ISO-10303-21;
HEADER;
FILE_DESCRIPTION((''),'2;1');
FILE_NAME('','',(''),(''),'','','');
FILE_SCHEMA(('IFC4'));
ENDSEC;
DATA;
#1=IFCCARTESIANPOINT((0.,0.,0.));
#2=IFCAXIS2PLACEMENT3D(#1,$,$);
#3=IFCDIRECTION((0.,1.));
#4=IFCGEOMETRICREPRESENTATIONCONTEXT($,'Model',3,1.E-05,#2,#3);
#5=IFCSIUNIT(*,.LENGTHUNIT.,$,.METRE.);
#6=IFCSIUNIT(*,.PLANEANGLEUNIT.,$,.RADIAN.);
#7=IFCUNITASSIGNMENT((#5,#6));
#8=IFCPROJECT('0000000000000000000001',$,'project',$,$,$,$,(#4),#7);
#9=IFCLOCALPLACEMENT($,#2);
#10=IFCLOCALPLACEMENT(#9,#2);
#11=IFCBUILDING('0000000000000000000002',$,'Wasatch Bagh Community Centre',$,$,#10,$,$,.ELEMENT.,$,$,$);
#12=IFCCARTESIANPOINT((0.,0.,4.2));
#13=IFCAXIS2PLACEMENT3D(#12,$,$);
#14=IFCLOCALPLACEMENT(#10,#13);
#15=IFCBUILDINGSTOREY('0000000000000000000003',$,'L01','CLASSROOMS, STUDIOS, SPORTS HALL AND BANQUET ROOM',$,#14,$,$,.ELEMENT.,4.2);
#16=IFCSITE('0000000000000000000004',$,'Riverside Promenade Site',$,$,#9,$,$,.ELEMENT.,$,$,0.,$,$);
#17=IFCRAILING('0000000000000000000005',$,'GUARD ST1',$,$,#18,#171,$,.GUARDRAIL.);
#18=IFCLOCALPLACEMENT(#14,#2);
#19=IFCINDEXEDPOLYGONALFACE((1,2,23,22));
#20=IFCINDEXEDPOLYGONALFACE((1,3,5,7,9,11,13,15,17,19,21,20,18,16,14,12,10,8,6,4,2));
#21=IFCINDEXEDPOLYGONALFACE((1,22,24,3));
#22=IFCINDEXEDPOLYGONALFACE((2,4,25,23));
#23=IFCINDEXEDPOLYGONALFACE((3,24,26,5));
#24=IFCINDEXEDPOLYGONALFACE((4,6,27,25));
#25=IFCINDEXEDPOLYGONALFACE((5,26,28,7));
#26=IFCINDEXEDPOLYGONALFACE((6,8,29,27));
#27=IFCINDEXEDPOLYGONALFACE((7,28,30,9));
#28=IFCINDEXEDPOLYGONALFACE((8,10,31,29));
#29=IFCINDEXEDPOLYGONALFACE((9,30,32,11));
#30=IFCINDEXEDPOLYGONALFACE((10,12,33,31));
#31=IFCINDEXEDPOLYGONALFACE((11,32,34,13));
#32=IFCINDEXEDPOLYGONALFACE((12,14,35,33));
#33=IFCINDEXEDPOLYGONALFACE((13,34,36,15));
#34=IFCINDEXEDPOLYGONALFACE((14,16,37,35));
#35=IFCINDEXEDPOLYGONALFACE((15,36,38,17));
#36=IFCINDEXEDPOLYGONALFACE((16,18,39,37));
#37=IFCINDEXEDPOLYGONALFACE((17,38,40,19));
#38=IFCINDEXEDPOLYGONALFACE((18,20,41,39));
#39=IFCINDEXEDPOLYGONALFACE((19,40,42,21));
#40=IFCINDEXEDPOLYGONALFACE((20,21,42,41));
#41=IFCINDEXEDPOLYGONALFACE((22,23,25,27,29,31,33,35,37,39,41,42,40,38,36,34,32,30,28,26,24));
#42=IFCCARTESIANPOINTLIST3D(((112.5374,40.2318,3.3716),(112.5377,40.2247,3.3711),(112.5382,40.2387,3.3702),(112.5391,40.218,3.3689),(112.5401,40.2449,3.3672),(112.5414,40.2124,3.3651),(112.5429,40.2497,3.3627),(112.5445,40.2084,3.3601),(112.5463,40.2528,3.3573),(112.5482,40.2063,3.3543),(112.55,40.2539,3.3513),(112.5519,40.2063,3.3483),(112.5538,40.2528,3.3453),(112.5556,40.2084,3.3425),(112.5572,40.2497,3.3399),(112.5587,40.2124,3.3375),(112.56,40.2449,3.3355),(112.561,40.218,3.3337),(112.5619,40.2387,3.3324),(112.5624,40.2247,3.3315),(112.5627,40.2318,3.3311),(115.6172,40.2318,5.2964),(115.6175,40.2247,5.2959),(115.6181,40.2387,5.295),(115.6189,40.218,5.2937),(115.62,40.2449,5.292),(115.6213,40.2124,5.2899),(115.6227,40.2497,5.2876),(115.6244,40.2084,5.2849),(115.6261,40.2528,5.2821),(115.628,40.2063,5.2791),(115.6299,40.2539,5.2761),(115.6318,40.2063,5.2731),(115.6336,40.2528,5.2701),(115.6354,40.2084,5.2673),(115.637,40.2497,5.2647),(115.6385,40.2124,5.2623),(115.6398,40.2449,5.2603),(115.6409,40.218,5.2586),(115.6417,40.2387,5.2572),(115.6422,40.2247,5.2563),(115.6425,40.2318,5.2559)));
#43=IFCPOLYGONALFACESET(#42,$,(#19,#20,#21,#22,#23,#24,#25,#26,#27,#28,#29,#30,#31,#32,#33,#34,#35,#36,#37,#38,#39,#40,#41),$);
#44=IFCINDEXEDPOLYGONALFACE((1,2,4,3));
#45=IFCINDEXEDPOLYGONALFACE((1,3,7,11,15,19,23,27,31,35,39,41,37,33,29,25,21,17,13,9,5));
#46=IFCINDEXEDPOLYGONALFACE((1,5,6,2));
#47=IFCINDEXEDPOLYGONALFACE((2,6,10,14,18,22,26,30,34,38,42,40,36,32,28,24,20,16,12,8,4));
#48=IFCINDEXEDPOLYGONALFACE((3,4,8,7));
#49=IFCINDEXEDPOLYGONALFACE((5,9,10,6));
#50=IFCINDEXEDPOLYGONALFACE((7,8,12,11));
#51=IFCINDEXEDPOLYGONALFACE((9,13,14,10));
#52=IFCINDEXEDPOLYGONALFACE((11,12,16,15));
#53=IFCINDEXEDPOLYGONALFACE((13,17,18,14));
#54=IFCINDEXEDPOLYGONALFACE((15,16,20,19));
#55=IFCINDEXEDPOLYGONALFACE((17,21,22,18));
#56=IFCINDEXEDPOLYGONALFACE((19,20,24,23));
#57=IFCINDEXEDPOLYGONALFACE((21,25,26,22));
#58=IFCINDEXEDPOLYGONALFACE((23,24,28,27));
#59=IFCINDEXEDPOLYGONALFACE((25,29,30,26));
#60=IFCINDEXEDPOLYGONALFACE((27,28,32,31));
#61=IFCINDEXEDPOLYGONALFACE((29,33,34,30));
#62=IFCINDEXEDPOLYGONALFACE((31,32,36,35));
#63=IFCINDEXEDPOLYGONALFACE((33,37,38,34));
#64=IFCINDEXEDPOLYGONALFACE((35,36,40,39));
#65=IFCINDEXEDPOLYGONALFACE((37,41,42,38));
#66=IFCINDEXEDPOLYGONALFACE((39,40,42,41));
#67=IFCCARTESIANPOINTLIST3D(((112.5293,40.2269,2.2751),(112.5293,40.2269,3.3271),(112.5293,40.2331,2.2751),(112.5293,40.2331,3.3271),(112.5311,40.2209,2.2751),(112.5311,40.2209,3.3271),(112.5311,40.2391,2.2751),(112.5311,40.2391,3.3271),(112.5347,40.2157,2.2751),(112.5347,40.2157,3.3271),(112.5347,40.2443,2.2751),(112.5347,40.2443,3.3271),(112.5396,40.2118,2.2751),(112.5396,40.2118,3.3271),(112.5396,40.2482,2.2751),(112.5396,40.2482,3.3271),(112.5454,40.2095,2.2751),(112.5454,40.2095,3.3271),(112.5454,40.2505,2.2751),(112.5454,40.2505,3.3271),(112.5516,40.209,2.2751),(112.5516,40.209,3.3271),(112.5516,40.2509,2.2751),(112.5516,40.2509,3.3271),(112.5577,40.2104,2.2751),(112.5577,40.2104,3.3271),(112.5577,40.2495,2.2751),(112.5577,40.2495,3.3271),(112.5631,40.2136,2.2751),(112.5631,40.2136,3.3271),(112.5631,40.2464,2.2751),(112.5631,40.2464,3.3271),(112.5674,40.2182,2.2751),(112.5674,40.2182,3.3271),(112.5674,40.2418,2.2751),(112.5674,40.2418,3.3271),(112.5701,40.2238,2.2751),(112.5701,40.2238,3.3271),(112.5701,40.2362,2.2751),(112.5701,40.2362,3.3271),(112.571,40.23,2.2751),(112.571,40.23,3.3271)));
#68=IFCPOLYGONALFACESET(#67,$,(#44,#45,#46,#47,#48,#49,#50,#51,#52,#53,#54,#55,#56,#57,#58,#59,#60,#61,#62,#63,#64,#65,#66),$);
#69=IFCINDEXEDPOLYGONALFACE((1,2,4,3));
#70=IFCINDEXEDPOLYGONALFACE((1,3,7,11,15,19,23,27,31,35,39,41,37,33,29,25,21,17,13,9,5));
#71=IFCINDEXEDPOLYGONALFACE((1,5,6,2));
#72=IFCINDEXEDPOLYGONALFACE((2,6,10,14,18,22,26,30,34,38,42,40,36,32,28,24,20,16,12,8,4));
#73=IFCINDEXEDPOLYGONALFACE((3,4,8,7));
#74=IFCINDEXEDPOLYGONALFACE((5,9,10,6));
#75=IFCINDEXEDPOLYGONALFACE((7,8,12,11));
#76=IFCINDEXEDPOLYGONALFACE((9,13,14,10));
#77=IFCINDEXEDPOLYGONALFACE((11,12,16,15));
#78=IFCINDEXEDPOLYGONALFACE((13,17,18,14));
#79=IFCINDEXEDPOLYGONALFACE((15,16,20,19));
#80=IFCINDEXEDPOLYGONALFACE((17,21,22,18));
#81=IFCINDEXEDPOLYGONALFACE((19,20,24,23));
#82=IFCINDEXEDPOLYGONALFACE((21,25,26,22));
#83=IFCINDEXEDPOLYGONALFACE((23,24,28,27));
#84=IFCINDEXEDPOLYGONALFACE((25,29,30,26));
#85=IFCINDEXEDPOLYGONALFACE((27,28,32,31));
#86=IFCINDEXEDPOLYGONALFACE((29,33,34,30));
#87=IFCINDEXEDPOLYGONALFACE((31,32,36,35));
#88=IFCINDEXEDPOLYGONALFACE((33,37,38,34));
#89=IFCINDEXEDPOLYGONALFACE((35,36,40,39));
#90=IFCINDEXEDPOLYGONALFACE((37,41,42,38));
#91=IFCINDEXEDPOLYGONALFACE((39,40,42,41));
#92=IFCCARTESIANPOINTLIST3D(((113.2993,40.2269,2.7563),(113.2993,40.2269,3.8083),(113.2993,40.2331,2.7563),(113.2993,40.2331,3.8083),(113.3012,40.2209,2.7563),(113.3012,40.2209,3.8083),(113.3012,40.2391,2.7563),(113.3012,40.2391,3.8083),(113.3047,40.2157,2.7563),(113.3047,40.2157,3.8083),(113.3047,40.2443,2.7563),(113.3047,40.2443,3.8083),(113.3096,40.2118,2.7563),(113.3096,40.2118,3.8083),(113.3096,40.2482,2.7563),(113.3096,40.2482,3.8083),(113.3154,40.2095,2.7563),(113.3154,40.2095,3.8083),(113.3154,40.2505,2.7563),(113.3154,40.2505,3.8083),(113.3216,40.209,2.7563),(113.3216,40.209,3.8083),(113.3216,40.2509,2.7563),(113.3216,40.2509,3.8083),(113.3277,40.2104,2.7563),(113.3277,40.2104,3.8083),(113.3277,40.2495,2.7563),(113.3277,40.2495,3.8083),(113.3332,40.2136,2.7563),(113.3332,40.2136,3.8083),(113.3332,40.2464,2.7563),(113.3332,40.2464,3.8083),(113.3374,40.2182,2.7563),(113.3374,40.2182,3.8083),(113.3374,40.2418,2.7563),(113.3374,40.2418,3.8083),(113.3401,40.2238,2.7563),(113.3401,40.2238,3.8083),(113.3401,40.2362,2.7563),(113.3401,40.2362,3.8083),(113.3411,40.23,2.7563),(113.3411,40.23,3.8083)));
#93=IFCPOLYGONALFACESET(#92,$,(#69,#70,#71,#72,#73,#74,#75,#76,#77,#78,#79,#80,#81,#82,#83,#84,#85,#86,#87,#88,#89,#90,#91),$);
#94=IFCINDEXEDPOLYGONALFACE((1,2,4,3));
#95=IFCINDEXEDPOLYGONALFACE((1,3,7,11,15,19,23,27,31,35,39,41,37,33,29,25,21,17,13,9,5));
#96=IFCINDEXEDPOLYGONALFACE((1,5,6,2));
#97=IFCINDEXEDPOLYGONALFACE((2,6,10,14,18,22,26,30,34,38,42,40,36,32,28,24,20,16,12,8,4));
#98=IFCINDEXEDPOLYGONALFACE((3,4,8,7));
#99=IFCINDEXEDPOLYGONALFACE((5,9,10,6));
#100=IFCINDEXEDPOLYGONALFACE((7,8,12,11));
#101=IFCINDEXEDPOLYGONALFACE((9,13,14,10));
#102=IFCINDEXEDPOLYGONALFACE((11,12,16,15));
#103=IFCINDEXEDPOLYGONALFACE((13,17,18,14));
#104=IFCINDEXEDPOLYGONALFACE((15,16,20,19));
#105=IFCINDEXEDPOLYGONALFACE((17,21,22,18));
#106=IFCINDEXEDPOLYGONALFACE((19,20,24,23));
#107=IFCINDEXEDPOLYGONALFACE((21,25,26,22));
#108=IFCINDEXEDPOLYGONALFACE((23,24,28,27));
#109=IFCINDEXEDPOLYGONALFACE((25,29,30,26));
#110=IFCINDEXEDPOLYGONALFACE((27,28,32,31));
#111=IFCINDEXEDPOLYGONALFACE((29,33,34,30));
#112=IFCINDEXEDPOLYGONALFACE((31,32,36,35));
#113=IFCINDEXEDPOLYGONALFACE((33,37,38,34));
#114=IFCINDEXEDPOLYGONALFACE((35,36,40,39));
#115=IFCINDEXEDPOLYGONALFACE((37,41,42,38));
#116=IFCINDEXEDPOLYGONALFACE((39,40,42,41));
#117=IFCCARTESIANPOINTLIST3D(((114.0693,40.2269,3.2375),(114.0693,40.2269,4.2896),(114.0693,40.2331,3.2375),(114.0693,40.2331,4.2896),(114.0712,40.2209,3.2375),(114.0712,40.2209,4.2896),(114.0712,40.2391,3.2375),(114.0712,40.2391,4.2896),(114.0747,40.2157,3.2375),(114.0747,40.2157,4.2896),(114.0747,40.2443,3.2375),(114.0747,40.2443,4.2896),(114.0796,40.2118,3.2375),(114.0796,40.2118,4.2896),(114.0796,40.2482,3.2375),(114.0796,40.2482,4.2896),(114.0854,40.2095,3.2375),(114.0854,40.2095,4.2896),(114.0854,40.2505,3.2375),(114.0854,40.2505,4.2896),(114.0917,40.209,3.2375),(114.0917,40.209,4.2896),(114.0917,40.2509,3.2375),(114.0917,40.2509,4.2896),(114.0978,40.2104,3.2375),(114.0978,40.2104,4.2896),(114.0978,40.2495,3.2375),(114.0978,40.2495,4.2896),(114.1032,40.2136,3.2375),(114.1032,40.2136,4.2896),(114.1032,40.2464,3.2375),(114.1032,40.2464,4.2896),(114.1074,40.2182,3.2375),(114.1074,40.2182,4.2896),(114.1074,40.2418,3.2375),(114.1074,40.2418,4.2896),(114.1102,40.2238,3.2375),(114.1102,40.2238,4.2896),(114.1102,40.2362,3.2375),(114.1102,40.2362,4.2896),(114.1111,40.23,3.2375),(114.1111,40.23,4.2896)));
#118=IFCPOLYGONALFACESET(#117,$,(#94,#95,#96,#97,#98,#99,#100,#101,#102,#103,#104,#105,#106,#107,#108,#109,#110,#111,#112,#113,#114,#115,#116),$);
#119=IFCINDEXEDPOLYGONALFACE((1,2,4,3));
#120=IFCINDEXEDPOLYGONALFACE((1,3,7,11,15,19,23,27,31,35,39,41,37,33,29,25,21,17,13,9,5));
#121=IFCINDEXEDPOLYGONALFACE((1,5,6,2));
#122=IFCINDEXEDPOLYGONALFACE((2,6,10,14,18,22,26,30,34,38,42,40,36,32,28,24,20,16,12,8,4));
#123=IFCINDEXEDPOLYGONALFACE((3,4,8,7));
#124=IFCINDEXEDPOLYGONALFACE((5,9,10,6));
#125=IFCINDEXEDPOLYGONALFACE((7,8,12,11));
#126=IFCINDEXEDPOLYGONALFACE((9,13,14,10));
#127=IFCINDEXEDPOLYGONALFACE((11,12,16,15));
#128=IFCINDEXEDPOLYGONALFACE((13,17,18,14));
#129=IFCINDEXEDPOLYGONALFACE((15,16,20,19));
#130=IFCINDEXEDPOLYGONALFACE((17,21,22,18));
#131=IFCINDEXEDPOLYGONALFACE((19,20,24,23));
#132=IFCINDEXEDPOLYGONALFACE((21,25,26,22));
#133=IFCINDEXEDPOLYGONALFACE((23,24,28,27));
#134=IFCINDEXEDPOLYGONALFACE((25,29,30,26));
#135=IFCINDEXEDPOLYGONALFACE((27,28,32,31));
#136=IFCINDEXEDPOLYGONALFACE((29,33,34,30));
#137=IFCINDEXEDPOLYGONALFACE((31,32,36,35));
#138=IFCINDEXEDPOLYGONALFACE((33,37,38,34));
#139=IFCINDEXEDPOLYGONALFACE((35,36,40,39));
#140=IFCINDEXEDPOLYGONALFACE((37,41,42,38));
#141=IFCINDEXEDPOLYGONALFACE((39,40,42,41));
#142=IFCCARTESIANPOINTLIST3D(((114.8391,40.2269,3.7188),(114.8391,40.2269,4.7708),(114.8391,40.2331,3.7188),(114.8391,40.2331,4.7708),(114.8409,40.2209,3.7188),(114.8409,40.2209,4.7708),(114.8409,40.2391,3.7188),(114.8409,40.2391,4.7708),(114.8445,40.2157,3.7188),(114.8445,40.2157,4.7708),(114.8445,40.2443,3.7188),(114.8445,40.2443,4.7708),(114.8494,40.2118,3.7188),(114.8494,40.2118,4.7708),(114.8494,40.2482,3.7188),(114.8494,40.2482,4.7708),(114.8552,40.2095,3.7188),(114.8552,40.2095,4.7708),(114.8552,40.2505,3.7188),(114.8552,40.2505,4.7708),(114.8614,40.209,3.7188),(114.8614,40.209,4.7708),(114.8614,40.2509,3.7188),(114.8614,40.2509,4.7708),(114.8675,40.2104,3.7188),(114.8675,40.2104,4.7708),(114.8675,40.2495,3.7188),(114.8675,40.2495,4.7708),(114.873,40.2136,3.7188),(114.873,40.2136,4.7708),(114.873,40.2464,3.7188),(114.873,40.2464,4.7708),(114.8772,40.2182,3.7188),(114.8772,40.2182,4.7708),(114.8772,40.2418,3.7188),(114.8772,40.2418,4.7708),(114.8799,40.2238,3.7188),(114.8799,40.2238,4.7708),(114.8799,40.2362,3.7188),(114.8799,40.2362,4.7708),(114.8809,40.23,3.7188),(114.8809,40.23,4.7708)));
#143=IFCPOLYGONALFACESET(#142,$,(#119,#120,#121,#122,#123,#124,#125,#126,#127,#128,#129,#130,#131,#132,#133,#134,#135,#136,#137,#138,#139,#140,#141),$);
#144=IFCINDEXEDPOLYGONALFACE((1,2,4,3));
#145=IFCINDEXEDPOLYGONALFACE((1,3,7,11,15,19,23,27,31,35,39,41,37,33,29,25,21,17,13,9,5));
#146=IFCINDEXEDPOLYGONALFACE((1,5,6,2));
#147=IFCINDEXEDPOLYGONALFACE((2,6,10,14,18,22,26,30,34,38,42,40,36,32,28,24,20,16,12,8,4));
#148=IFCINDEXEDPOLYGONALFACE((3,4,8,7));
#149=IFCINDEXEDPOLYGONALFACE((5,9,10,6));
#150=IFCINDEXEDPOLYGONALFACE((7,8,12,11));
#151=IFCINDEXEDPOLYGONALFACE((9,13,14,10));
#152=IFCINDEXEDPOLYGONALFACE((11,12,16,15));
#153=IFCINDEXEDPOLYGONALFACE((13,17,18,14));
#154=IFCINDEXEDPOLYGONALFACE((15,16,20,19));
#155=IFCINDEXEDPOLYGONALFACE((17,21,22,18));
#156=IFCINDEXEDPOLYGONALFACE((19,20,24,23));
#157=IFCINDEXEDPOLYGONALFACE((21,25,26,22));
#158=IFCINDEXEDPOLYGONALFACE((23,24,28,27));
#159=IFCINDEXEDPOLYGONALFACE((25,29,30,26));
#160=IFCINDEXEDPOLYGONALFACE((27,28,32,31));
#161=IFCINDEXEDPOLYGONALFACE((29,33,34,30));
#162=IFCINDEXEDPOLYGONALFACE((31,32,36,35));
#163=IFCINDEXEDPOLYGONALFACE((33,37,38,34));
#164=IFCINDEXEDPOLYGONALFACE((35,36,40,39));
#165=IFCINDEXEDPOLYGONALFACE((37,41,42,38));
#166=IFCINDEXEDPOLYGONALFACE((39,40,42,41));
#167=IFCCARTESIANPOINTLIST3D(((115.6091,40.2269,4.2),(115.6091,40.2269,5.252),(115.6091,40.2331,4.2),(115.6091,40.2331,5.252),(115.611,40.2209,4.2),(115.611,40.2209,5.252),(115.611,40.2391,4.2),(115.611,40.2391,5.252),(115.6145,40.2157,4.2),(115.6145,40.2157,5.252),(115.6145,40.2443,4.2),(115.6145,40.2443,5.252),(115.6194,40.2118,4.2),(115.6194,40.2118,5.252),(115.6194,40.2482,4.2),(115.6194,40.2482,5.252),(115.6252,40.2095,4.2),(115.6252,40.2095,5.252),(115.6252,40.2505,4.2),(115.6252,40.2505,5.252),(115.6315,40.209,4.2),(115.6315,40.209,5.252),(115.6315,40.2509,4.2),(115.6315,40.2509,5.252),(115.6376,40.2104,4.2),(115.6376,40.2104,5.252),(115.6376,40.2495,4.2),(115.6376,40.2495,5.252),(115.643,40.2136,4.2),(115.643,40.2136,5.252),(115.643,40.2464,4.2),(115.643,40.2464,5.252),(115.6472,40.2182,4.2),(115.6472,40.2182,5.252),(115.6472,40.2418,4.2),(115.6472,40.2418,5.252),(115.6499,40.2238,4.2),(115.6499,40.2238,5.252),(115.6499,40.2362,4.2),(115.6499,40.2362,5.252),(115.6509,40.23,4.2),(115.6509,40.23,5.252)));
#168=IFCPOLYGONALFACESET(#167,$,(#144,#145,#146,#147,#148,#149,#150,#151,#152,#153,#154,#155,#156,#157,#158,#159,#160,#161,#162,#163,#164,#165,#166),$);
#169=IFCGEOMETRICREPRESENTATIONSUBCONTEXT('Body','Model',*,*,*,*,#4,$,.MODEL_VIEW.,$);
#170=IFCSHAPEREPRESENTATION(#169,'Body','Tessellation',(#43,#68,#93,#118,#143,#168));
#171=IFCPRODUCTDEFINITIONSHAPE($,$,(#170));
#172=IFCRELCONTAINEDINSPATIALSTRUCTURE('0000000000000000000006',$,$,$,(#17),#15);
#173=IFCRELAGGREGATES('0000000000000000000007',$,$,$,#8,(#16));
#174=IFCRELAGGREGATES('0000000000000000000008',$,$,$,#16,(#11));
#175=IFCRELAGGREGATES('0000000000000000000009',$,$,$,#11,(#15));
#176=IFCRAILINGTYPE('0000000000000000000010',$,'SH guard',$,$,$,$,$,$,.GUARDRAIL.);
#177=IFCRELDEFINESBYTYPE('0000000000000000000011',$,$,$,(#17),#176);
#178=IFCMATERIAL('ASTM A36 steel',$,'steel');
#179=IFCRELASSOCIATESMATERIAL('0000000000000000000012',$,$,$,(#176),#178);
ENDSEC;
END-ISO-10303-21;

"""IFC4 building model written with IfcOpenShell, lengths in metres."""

from ifc_helpers import new_model, si_unit, direction, frame, origin, origin_2d, place, context, subcontext, project, spatial, circle, extrude, material, type_object, element, save


model = new_model("IFC4")

# Units and contexts
model_context = context("Model", 3, precision=1e-05, world=origin(), true_north=direction((0.0, 1.0)))
body_context = subcontext(model_context, "Body", "Model", "MODEL_VIEW")
ifc_project = project(units=[si_unit("LENGTHUNIT", "METRE"), si_unit("PLANEANGLEUNIT", "RADIAN")], contexts=[model_context])

# Site, building, storey
site_placement = place(None, origin())
site = spatial("IfcSite", under=ifc_project, at=site_placement, Name="Riverside Promenade Site", CompositionType="ELEMENT", RefElevation=0.0)
building_placement = place(site_placement, origin())
building = spatial("IfcBuilding", under=site, at=building_placement, Name="Wasatch Bagh Community Centre", CompositionType="ELEMENT")
storey_placement = place(building_placement, frame((0.0, 0.0, 4.2)))
storey = spatial("IfcBuildingStorey", under=building, at=storey_placement, Name="L01", Description="CLASSROOMS, STUDIOS, SPORTS HALL AND BANQUET ROOM", CompositionType="ELEMENT", Elevation=4.2)

# Railing
ifc_material_1 = material(Name="ASTM A36 steel", Category="steel")
railing_type_1 = type_object("IfcRailingType", Name="SH guard", PredefinedType="GUARDRAIL", material=ifc_material_1)
for number, where, name in (
    (1, (112.55, 40.23, 2.2751), "GUARD ST1"),
):
    element("IfcRailing", number, at=place(storey_placement, frame(where)), inside=storey, type_object=railing_type_1, Name=name, PredefinedType="GUARDRAIL", context=body_context, shape_type="SweptSolid", body=[
        extrude(circle(Radius=0.0239, at=origin_2d()), frame((0.0, 0.0, 1.0762), z_axis=(0.84801, 0.0, 0.529981), x_axis=(0.0, 1.0, 0.0)), (0.0, 0.0, 1.0), 3.6318),
        extrude(circle(Radius=0.021, at=origin_2d()), origin(), (0.0, 0.0, 1.0), 1.052),
        extrude(circle(Radius=0.021, at=origin_2d()), frame((0.77, 0.0, 0.4812)), (0.0, 0.0, 1.0), 1.052),
        extrude(circle(Radius=0.021, at=origin_2d()), frame((1.54, 0.0, 0.9624)), (0.0, 0.0, 1.0), 1.052),
        extrude(circle(Radius=0.021, at=origin_2d()), frame((2.3098, 0.0, 1.4436)), (0.0, 0.0, 1.0), 1.052),
        extrude(circle(Radius=0.021, at=origin_2d()), frame((3.0798, 0.0, 1.9248)), (0.0, 0.0, 1.0), 1.052),
    ])

save(model, "model.ifc")
